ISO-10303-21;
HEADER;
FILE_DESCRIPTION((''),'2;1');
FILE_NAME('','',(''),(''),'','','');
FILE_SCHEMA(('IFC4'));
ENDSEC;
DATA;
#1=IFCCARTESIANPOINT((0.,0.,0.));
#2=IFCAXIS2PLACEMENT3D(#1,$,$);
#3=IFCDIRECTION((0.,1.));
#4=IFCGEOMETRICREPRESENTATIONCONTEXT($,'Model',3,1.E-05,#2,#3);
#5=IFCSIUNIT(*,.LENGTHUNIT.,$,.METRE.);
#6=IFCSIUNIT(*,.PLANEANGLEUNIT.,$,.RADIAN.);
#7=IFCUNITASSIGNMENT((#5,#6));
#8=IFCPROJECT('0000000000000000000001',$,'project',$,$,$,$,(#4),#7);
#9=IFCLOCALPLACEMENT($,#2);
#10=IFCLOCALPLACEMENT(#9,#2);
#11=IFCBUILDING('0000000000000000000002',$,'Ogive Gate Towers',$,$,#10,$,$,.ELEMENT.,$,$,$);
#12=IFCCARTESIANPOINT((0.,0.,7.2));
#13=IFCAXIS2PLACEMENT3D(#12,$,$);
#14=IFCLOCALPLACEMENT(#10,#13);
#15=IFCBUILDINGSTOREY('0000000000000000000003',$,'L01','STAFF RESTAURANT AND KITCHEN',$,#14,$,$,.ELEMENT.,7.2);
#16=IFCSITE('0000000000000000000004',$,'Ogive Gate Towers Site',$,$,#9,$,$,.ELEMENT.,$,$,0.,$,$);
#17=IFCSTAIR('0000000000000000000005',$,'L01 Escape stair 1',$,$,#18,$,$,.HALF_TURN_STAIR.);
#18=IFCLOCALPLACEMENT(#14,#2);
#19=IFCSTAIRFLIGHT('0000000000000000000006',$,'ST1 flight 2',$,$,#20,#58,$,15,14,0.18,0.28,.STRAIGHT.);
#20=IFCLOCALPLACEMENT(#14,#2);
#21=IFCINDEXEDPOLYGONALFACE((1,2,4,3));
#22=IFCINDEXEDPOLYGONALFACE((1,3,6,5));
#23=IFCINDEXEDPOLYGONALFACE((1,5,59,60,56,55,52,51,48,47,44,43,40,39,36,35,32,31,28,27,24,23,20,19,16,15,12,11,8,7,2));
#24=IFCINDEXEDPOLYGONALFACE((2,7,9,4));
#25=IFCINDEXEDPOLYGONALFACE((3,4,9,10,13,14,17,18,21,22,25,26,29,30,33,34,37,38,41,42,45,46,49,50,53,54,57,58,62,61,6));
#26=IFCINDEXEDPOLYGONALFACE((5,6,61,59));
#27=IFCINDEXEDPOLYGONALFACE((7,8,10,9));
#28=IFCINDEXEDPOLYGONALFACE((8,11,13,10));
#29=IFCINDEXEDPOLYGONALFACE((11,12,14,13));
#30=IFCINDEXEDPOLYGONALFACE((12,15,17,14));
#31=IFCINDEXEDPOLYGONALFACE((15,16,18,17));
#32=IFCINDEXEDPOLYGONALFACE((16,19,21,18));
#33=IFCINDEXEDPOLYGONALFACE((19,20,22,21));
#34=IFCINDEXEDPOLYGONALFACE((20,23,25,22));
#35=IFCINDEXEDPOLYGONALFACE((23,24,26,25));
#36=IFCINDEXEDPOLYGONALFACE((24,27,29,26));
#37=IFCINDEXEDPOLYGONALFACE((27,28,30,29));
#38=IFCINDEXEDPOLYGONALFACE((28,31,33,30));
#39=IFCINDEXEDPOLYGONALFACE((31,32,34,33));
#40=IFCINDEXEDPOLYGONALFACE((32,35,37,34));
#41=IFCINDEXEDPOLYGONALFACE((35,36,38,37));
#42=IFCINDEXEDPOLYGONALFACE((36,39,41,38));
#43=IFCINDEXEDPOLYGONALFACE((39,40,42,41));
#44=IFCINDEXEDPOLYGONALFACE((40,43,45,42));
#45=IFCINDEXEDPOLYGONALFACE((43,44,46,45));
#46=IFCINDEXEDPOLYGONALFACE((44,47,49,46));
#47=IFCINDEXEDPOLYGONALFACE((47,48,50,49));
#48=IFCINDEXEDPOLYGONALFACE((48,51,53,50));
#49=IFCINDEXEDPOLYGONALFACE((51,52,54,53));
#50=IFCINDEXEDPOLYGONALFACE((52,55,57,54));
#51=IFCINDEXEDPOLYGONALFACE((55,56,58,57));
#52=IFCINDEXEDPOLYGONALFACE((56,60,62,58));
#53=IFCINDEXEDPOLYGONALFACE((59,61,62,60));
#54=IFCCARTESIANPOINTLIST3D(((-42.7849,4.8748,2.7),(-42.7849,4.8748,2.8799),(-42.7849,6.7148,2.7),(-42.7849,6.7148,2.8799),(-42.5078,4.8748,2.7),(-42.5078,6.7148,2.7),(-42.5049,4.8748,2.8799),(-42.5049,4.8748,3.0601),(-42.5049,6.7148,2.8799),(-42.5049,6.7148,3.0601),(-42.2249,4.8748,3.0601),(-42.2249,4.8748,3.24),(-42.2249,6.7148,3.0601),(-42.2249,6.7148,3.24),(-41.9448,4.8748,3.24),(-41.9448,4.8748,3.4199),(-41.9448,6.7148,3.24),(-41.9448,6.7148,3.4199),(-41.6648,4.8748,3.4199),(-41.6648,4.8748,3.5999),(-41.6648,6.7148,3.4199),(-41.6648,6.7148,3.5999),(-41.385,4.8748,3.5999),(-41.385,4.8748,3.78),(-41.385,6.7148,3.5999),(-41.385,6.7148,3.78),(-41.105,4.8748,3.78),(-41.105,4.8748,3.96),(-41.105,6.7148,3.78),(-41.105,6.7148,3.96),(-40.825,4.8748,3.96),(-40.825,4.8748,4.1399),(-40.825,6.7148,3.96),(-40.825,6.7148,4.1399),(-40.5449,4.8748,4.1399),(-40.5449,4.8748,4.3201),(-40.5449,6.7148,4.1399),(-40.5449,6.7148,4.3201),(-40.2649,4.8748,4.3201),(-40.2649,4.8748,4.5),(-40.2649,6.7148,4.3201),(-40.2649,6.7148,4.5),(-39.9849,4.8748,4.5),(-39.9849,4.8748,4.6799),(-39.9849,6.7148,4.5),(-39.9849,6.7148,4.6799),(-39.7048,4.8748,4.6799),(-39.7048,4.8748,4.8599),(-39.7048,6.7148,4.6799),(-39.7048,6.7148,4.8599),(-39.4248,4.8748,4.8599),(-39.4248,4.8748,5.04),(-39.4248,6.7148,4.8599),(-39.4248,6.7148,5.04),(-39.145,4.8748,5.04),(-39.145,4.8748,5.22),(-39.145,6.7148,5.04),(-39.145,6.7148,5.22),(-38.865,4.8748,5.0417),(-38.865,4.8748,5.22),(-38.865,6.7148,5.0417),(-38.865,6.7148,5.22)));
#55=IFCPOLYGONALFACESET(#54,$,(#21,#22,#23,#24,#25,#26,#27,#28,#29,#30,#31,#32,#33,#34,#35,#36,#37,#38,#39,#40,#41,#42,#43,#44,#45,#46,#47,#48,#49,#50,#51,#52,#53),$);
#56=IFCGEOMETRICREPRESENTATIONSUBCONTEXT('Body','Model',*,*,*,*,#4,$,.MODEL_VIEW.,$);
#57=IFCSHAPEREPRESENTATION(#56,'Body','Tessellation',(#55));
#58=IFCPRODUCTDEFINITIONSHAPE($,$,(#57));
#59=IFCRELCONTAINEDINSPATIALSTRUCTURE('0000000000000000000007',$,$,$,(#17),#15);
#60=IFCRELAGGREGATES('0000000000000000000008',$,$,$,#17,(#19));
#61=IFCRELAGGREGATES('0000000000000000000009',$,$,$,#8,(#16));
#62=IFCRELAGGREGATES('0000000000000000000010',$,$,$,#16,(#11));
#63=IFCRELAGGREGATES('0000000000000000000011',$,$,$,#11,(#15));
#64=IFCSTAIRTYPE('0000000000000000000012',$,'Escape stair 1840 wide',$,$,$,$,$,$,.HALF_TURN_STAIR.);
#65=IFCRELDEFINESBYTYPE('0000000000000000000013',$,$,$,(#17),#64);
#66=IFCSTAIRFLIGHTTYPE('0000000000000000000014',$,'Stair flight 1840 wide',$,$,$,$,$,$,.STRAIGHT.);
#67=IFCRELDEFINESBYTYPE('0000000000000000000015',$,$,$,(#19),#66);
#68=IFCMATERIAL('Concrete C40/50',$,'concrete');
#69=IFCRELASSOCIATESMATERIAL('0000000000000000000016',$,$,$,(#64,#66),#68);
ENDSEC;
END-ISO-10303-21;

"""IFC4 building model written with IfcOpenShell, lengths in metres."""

from ifc_helpers import new_model, si_unit, direction, frame, origin, place, context, subcontext, project, spatial, polyline, outline, extrude, material, type_object, element, aggregate, save


model = new_model("IFC4")

# Units and contexts
model_context = context("Model", 3, precision=1e-05, world=origin(), true_north=direction((0.0, 1.0)))
body_context = subcontext(model_context, "Body", "Model", "MODEL_VIEW")
ifc_project = project(units=[si_unit("LENGTHUNIT", "METRE"), si_unit("PLANEANGLEUNIT", "RADIAN")], contexts=[model_context])

# Site, building, storey
site_placement = place(None, origin())
site = spatial("IfcSite", under=ifc_project, at=site_placement, Name="Ogive Gate Towers Site", CompositionType="ELEMENT", RefElevation=0.0)
building_placement = place(site_placement, origin())
building = spatial("IfcBuilding", under=site, at=building_placement, Name="Ogive Gate Towers", CompositionType="ELEMENT")
storey_placement = place(building_placement, frame((0.0, 0.0, 7.2)))
storey = spatial("IfcBuildingStorey", under=building, at=storey_placement, Name="L01", Description="STAFF RESTAURANT AND KITCHEN", CompositionType="ELEMENT", Elevation=7.2)

# Shared definitions
ifc_material_1 = material(Name="Concrete C40/50", Category="concrete")

# Stair, stair flight
stair_type = type_object("IfcStairType", Name="Escape stair 1840 wide", PredefinedType="HALF_TURN_STAIR", material=ifc_material_1)
stair_placement = place(storey_placement, origin())
stair = element("IfcStair", 1, at=stair_placement, inside=storey, type_object=stair_type, Name="L01 Escape stair 1", PredefinedType="HALF_TURN_STAIR")
stair_flight_type = type_object("IfcStairFlightType", Name="Stair flight 1840 wide", PredefinedType="STRAIGHT", material=ifc_material_1)
stair_flight_1_placement = place(storey_placement, frame((-42.7849, 5.7949, 2.7), z_axis=(0.0, 0.0, 1.0), x_axis=(1.0, 0.0, 0.0)))
stair_flight_1 = element("IfcStairFlight", 2, at=stair_flight_1_placement, type_object=stair_flight_type, Name="ST1 flight 2", NumberOfRisers=15, NumberOfTreads=14, PredefinedType="STRAIGHT", RiserHeight=0.18, TreadLength=0.28, context=body_context, shape_type="SweptSolid", body=[
    extrude(outline(polyline([(0.0, 0.0), (0.0, 0.1799), (0.28, 0.1799), (0.28, 0.3601), (0.5601, 0.3601), (0.5601, 0.54), (0.8401, 0.54), (0.8401, 0.72), (1.1201, 0.72), (1.1201, 0.8999), (1.3999, 0.8999), (1.3999, 1.0801), (1.6799, 1.0801), (1.6799, 1.26), (1.96, 1.26), (1.96, 1.4399), (2.24, 1.4399), (2.24, 1.6201), (2.52, 1.6201), (2.52, 1.8), (2.8, 1.8), (2.8, 1.98), (3.0801, 1.98), (3.0801, 2.1599), (3.3601, 2.1599), (3.3601, 2.3401), (3.6399, 2.3401), (3.6399, 2.52), (3.9199, 2.52), (3.9199, 2.7), (3.9199, 2.3418), (0.2771, 0.0), (0.0, 0.0)])), frame((0.0, 0.9199, 0.0), z_axis=(0.0, -1.0, 0.0), x_axis=(1.0, 0.0, 0.0)), (0.0, 0.0, 1.0), 1.8401),
])
aggregate(stair, [stair_flight_1])

save(model, "model.ifc")
